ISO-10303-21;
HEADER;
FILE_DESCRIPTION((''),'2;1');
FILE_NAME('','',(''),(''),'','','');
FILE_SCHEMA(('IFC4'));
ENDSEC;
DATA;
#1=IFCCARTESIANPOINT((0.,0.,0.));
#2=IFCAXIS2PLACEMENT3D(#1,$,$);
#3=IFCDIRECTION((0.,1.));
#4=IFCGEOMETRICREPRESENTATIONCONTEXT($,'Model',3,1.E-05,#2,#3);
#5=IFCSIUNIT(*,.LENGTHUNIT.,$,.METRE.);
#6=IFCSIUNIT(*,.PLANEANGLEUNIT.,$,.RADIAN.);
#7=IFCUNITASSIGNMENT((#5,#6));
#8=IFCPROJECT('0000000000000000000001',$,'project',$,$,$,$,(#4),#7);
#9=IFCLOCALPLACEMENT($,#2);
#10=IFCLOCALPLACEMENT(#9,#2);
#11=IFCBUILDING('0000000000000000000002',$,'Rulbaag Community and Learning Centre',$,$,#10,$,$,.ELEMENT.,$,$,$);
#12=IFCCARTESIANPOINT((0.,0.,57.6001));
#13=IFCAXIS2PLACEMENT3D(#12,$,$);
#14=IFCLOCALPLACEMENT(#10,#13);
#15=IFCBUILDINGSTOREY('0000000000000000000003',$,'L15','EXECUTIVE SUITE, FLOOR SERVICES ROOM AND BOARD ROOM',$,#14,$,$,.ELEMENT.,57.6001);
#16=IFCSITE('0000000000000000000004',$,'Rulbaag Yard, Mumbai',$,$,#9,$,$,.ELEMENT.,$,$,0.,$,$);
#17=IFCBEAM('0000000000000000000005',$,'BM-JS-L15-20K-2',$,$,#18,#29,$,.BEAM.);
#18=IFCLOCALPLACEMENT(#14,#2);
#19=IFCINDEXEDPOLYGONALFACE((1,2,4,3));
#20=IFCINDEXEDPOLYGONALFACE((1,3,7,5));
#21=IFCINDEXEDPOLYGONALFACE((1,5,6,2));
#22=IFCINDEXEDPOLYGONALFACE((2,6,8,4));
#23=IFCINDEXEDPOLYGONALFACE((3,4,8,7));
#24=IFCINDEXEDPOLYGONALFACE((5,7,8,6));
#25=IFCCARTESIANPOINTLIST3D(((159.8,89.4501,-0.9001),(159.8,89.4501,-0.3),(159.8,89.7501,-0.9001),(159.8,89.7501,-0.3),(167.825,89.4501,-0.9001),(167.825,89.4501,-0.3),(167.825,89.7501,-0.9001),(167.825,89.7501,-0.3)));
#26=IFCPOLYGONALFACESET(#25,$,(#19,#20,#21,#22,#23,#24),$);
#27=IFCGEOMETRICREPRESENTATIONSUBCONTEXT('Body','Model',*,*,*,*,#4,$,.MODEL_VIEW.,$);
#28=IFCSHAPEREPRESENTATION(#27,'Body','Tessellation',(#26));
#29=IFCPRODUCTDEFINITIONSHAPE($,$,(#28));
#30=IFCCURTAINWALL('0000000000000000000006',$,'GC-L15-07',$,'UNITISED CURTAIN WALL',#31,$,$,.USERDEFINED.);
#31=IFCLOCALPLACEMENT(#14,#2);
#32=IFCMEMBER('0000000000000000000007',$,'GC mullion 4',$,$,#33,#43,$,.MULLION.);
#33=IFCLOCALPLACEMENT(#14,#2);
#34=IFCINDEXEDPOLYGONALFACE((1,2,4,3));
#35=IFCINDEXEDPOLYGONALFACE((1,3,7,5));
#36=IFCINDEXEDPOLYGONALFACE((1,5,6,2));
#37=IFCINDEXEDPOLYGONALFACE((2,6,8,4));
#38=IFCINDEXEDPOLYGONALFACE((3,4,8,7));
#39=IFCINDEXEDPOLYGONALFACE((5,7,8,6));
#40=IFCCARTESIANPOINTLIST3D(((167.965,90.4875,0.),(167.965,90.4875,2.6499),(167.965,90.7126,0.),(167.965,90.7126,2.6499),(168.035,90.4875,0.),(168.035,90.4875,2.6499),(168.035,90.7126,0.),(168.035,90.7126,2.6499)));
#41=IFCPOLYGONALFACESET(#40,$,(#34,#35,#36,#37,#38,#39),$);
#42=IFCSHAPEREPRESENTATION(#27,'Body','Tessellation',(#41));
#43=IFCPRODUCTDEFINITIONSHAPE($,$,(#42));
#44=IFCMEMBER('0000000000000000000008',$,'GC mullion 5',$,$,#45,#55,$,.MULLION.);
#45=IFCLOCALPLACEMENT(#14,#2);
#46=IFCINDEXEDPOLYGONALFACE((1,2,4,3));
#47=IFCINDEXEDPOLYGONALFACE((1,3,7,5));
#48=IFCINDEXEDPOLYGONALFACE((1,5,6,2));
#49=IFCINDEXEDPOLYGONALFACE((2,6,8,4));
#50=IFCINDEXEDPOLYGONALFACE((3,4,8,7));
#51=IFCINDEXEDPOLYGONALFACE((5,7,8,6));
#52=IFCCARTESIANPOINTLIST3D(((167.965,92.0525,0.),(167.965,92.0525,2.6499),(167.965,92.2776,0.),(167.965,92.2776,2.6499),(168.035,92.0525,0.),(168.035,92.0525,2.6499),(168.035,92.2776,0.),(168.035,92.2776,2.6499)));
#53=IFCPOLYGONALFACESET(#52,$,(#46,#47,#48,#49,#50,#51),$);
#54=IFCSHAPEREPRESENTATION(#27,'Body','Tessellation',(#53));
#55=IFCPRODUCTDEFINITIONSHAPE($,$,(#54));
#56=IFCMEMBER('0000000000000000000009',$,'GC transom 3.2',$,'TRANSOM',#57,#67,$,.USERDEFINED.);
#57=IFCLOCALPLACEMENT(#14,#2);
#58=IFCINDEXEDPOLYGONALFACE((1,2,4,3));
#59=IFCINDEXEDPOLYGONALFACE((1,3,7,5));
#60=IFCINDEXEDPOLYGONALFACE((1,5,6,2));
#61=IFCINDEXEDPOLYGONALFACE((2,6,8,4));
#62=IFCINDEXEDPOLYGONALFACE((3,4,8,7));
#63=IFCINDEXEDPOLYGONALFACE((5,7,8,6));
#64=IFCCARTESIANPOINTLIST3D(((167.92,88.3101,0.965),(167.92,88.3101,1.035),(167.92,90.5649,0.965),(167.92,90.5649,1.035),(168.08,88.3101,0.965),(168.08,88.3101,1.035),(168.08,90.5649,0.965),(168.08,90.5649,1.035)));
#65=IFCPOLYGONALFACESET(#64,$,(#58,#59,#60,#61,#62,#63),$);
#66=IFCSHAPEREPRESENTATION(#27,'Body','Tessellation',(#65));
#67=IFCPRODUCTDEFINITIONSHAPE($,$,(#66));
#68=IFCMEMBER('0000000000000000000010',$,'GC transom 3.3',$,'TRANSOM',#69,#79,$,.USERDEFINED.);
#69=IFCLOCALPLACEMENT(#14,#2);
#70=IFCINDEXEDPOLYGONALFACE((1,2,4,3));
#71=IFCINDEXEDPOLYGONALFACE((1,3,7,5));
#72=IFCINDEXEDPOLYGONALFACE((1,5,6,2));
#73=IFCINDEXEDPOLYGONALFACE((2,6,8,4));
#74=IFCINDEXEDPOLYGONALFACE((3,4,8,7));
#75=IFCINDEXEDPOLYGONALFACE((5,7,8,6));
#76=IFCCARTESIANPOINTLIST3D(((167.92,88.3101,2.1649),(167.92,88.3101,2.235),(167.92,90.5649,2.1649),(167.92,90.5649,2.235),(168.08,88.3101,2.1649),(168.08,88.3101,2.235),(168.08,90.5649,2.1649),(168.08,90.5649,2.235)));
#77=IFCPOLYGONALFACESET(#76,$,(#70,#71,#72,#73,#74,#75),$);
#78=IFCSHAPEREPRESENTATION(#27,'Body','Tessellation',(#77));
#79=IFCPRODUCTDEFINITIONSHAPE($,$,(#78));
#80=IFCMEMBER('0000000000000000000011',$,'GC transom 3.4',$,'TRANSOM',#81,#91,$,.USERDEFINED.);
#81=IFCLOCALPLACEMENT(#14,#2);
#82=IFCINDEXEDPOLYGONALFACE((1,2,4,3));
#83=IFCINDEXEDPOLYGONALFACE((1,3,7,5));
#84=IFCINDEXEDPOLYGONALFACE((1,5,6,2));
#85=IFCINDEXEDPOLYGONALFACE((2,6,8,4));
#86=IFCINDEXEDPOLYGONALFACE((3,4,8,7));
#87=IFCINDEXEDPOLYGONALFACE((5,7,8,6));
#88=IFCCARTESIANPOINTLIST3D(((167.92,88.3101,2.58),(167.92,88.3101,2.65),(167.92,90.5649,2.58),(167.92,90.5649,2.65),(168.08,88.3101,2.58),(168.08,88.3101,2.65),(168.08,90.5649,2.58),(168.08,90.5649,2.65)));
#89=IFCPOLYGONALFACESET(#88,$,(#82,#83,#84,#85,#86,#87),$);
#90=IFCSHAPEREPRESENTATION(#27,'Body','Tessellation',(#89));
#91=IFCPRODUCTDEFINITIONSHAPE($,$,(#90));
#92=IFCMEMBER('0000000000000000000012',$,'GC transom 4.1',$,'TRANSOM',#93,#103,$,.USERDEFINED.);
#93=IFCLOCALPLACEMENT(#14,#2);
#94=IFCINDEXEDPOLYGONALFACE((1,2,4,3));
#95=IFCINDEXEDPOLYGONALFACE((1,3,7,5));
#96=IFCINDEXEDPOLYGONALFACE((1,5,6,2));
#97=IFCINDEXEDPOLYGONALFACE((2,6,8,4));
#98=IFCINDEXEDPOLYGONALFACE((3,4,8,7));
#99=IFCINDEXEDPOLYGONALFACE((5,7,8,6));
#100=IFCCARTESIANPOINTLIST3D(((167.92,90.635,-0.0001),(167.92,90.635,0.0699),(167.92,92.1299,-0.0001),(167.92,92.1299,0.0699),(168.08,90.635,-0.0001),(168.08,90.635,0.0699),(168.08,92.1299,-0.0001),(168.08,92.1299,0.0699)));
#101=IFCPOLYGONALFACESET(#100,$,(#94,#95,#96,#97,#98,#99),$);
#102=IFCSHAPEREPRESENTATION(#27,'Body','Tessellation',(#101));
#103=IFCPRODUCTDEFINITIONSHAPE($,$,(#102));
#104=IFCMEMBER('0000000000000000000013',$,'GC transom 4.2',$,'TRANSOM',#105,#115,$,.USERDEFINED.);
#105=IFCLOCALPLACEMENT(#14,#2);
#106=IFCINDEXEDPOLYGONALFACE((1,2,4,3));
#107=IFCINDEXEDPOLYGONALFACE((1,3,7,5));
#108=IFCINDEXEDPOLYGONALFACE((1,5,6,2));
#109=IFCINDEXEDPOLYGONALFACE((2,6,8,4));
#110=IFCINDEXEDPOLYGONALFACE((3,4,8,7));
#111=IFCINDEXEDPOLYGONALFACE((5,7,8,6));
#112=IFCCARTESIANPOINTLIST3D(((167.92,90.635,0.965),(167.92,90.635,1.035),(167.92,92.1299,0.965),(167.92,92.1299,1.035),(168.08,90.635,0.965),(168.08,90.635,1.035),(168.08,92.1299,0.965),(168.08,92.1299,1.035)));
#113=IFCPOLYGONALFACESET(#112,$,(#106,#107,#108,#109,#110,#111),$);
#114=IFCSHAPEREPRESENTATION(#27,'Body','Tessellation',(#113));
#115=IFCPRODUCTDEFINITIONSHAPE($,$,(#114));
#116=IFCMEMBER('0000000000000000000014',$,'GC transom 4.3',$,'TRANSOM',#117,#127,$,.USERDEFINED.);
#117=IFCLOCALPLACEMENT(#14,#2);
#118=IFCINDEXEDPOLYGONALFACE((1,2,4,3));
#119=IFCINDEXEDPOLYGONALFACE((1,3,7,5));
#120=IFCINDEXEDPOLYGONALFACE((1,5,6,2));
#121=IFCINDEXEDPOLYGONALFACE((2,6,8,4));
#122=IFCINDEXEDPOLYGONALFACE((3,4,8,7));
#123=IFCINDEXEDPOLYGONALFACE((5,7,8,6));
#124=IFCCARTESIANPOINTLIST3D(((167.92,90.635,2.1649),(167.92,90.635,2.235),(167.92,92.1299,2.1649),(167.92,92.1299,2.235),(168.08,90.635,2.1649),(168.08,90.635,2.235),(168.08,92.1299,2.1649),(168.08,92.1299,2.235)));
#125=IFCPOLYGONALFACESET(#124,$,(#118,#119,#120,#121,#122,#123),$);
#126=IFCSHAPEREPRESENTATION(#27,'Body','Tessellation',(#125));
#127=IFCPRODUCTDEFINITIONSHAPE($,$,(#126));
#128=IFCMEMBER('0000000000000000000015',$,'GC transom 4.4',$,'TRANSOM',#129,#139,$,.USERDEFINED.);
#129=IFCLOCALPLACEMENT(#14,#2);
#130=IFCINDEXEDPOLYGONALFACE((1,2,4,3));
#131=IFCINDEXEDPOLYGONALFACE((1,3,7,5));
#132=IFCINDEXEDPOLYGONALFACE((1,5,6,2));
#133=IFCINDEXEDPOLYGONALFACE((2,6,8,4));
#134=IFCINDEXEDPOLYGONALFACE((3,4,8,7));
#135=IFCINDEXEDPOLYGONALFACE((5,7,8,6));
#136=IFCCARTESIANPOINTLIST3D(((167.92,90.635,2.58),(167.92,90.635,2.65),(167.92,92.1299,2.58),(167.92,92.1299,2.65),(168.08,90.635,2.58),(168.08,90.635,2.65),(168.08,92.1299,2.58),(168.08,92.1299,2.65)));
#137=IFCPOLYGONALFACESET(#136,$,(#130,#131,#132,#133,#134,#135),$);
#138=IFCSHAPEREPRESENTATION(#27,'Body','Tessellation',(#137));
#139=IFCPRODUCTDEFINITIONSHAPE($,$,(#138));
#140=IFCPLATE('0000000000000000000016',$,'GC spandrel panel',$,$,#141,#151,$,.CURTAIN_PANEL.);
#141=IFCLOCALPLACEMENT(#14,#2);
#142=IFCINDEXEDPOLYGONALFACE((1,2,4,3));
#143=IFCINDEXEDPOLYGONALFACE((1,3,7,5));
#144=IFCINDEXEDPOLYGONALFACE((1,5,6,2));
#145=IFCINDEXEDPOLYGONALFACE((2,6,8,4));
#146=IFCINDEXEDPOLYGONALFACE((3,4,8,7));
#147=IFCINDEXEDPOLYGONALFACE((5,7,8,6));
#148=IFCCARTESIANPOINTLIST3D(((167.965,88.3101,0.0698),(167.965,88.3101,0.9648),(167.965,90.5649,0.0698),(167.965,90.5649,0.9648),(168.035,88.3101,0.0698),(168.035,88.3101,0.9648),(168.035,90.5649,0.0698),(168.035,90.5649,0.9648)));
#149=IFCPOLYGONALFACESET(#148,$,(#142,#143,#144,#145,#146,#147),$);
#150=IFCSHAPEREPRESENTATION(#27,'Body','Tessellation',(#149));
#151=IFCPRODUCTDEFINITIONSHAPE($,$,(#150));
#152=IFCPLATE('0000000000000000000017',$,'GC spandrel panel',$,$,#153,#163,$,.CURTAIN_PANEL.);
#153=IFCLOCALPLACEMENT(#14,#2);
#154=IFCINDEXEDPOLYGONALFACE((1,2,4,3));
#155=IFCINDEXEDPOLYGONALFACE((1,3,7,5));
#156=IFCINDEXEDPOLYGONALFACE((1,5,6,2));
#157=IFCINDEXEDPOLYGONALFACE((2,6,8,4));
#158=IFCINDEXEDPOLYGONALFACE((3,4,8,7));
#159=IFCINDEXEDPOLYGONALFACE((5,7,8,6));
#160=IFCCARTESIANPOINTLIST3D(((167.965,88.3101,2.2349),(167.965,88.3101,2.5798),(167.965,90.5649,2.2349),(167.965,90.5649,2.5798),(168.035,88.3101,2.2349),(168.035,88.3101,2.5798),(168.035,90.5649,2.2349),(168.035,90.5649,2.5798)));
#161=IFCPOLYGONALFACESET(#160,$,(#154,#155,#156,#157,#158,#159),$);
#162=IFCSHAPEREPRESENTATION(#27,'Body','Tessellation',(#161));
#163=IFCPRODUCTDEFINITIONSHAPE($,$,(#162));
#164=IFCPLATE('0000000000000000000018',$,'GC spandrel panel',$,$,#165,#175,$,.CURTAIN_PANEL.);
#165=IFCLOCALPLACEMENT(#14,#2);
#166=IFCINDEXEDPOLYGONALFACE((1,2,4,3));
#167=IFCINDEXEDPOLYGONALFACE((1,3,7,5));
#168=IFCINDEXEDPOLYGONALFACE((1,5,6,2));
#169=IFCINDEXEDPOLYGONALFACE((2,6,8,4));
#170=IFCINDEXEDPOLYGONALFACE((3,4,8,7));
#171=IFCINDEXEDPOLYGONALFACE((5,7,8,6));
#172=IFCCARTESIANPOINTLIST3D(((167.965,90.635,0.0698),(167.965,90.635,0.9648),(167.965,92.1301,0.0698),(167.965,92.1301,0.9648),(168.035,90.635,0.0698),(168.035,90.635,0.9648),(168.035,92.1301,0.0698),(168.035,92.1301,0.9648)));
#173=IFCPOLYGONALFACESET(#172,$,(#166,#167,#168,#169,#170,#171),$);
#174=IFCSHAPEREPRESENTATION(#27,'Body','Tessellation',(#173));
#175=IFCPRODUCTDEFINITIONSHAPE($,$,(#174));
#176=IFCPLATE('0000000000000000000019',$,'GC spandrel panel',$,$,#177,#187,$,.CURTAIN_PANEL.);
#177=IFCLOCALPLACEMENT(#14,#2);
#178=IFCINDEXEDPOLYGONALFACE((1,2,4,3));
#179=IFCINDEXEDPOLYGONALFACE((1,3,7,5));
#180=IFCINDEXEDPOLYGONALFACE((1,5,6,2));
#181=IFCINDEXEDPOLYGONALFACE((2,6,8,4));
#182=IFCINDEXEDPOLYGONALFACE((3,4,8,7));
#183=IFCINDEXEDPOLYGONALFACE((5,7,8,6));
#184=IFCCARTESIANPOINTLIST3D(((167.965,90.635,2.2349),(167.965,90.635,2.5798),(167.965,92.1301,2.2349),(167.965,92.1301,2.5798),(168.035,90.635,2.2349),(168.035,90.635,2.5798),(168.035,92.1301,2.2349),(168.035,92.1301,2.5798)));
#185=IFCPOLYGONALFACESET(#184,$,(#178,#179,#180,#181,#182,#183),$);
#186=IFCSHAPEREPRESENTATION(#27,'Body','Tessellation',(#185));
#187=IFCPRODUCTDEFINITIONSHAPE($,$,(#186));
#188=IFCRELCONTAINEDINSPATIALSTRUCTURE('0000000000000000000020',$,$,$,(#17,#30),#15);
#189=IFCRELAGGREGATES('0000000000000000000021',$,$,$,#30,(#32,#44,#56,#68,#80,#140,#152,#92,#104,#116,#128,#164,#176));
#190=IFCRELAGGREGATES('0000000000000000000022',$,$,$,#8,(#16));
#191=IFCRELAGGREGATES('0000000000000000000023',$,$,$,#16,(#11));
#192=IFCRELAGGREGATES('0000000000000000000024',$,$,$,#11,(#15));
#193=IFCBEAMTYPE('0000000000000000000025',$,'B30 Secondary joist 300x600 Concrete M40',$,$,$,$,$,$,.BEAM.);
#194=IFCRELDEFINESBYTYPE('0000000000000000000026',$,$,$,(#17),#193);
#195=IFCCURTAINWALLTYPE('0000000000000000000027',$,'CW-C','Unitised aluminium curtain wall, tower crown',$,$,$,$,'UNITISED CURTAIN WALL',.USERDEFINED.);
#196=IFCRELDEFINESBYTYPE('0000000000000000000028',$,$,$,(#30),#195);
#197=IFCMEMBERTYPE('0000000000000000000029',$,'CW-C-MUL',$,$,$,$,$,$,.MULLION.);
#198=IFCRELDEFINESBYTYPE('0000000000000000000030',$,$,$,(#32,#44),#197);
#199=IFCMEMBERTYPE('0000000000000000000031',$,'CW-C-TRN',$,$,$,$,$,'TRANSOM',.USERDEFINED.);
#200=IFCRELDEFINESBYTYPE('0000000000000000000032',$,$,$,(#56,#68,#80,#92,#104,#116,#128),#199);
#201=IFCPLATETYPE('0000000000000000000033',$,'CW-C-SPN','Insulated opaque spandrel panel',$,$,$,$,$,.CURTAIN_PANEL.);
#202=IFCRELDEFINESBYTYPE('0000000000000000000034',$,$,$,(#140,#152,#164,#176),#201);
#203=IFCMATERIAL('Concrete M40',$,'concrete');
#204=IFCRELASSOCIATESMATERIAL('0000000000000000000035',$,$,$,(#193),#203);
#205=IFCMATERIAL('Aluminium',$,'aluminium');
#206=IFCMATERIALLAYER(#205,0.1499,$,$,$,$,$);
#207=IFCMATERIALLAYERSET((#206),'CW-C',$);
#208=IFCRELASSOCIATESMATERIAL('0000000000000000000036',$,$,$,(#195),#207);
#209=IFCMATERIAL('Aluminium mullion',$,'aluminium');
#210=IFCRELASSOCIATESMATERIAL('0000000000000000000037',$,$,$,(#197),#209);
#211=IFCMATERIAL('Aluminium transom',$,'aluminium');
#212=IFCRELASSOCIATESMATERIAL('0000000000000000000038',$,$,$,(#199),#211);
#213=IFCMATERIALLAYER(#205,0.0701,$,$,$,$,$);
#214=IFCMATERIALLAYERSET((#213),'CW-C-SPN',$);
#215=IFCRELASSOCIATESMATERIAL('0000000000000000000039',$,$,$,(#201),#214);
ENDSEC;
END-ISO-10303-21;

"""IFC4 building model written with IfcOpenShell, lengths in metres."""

from ifc_helpers import new_model, si_unit, direction, frame, origin, origin_2d, place, context, subcontext, project, spatial, rectangle, extrude, material, layer, layer_set, material_profile, profile_set, type_object, element, aggregate, save


model = new_model("IFC4")

# Units and contexts
model_context = context("Model", 3, precision=1e-05, world=origin(), true_north=direction((0.0, 1.0)))
body_context = subcontext(model_context, "Body", "Model", "MODEL_VIEW")
ifc_project = project(units=[si_unit("LENGTHUNIT", "METRE"), si_unit("PLANEANGLEUNIT", "RADIAN")], contexts=[model_context])

# Site, building, storey
site_placement = place(None, origin())
site = spatial("IfcSite", under=ifc_project, at=site_placement, Name="Rulbaag Yard, Mumbai", CompositionType="ELEMENT", RefElevation=0.0)
building_placement = place(site_placement, origin())
building = spatial("IfcBuilding", under=site, at=building_placement, Name="Rulbaag Community and Learning Centre", CompositionType="ELEMENT")
storey_placement = place(building_placement, frame((0.0, 0.0, 57.6001)))
storey = spatial("IfcBuildingStorey", under=building, at=storey_placement, Name="L15", Description="EXECUTIVE SUITE, FLOOR SERVICES ROOM AND BOARD ROOM", CompositionType="ELEMENT", Elevation=57.6001)

# Beam
ifc_material_1 = material(Name="Concrete M40", Category="concrete")
ifc_material_profile_1 = material_profile(ifc_material_1, rectangle(XDim=0.3, YDim=0.6001, at=origin_2d()), Name="RB300x600")
ifc_profile_set_1 = profile_set([ifc_material_profile_1], Name="Concrete M40")
beam_type = type_object("IfcBeamType", Name="B30 Secondary joist 300x600 Concrete M40", PredefinedType="BEAM", material=ifc_profile_set_1)
beam_placement = place(storey_placement, frame((159.8, 89.6001, -0.6001), z_axis=(1.0, 0.0, 0.0), x_axis=(0.0, 1.0, 0.0)))
element("IfcBeam", 1, at=beam_placement, inside=storey, type_object=beam_type, Name="BM-JS-L15-20K-2", PredefinedType="BEAM", context=body_context, shape_type="SweptSolid", body=[
    extrude(rectangle(XDim=0.3, YDim=0.6001, at=origin_2d()), origin(), (0.0, 0.0, 1.0), 8.0249),
])

# Curtain wall, members, plates
ifc_material_2 = material(Name="Aluminium", Category="aluminium")
ifc_layer_1 = layer(ifc_material_2, 0.1499)
ifc_layer_set_1 = layer_set([ifc_layer_1], Name="CW-C")
curtain_wall_type = type_object("IfcCurtainWallType", Name="CW-C", Description="Unitised aluminium curtain wall, tower crown", ElementType="UNITISED CURTAIN WALL", PredefinedType="USERDEFINED", material=ifc_layer_set_1)
curtain_wall_placement = place(storey_placement, origin())
curtain_wall = element("IfcCurtainWall", 2, at=curtain_wall_placement, inside=storey, type_object=curtain_wall_type, Name="GC-L15-07", ObjectType="UNITISED CURTAIN WALL", PredefinedType="USERDEFINED")
ifc_material_3 = material(Name="Aluminium mullion", Category="aluminium")
ifc_material_profile_2 = material_profile(ifc_material_3, rectangle(XDim=0.0701, YDim=0.2251, at=origin_2d()), Name="AL 70x225")
ifc_profile_set_2 = profile_set([ifc_material_profile_2], Name="Aluminium mullion")
member_type_1 = type_object("IfcMemberType", Name="CW-C-MUL", PredefinedType="MULLION", material=ifc_profile_set_2)
member_1_placement = place(storey_placement, frame((168.0, 90.6001, 0.0), z_axis=(0.0, 0.0, 1.0), x_axis=(-1.0, 0.0, 0.0)))
member_1 = element("IfcMember", 3, at=member_1_placement, type_object=member_type_1, Name="GC mullion 4", PredefinedType="MULLION", context=body_context, shape_type="SweptSolid", body=[
    extrude(rectangle(XDim=0.0701, YDim=0.2251, at=origin_2d()), origin(), (0.0, 0.0, 1.0), 2.6499),
])
member_2_placement = place(storey_placement, frame((168.0, 92.165, 0.0), z_axis=(0.0, 0.0, 1.0), x_axis=(-1.0, 0.0, 0.0)))
member_2 = element("IfcMember", 4, at=member_2_placement, type_object=member_type_1, Name="GC mullion 5", PredefinedType="MULLION", context=body_context, shape_type="SweptSolid", body=[
    extrude(rectangle(XDim=0.0701, YDim=0.2251, at=origin_2d()), origin(), (0.0, 0.0, 1.0), 2.6499),
])
ifc_material_4 = material(Name="Aluminium transom", Category="aluminium")
ifc_material_profile_3 = material_profile(ifc_material_4, rectangle(XDim=0.1599, YDim=0.0701, at=origin_2d()), Name="AL 70x160 T")
ifc_profile_set_3 = profile_set([ifc_material_profile_3], Name="Aluminium transom")
member_type_2 = type_object("IfcMemberType", Name="CW-C-TRN", ElementType="TRANSOM", PredefinedType="USERDEFINED", material=ifc_profile_set_3)
member_3_placement = place(storey_placement, frame((168.0, 88.3101, 1.0), z_axis=(0.0, 1.0, 0.0), x_axis=(-1.0, 0.0, 0.0)))
member_3 = element("IfcMember", 5, at=member_3_placement, type_object=member_type_2, Name="GC transom 3.2", ObjectType="TRANSOM", PredefinedType="USERDEFINED", context=body_context, shape_type="SweptSolid", body=[
    extrude(rectangle(XDim=0.1599, YDim=0.0701, at=origin_2d()), origin(), (0.0, 0.0, 1.0), 2.2549),
])
member_4_placement = place(storey_placement, frame((168.0, 88.3101, 2.2), z_axis=(0.0, 1.0, 0.0), x_axis=(-1.0, 0.0, 0.0)))
member_4 = element("IfcMember", 6, at=member_4_placement, type_object=member_type_2, Name="GC transom 3.3", ObjectType="TRANSOM", PredefinedType="USERDEFINED", context=body_context, shape_type="SweptSolid", body=[
    extrude(rectangle(XDim=0.1599, YDim=0.0701, at=origin_2d()), origin(), (0.0, 0.0, 1.0), 2.2549),
])
member_5_placement = place(storey_placement, frame((168.0, 88.3101, 2.615), z_axis=(0.0, 1.0, 0.0), x_axis=(-1.0, 0.0, 0.0)))
member_5 = element("IfcMember", 7, at=member_5_placement, type_object=member_type_2, Name="GC transom 3.4", ObjectType="TRANSOM", PredefinedType="USERDEFINED", context=body_context, shape_type="SweptSolid", body=[
    extrude(rectangle(XDim=0.1599, YDim=0.0701, at=origin_2d()), origin(), (0.0, 0.0, 1.0), 2.2549),
])
member_6_placement = place(storey_placement, frame((168.0, 90.635, 0.0349), z_axis=(0.0, 1.0, 0.0), x_axis=(-1.0, 0.0, 0.0)))
member_6 = element("IfcMember", 8, at=member_6_placement, type_object=member_type_2, Name="GC transom 4.1", ObjectType="TRANSOM", PredefinedType="USERDEFINED", context=body_context, shape_type="SweptSolid", body=[
    extrude(rectangle(XDim=0.1599, YDim=0.0701, at=origin_2d()), origin(), (0.0, 0.0, 1.0), 1.4949),
])
member_7_placement = place(storey_placement, frame((168.0, 90.635, 1.0), z_axis=(0.0, 1.0, 0.0), x_axis=(-1.0, 0.0, 0.0)))
member_7 = element("IfcMember", 9, at=member_7_placement, type_object=member_type_2, Name="GC transom 4.2", ObjectType="TRANSOM", PredefinedType="USERDEFINED", context=body_context, shape_type="SweptSolid", body=[
    extrude(rectangle(XDim=0.1599, YDim=0.0701, at=origin_2d()), origin(), (0.0, 0.0, 1.0), 1.4949),
])
member_8_placement = place(storey_placement, frame((168.0, 90.635, 2.2), z_axis=(0.0, 1.0, 0.0), x_axis=(-1.0, 0.0, 0.0)))
member_8 = element("IfcMember", 10, at=member_8_placement, type_object=member_type_2, Name="GC transom 4.3", ObjectType="TRANSOM", PredefinedType="USERDEFINED", context=body_context, shape_type="SweptSolid", body=[
    extrude(rectangle(XDim=0.1599, YDim=0.0701, at=origin_2d()), origin(), (0.0, 0.0, 1.0), 1.4949),
])
member_9_placement = place(storey_placement, frame((168.0, 90.635, 2.615), z_axis=(0.0, 1.0, 0.0), x_axis=(-1.0, 0.0, 0.0)))
member_9 = element("IfcMember", 11, at=member_9_placement, type_object=member_type_2, Name="GC transom 4.4", ObjectType="TRANSOM", PredefinedType="USERDEFINED", context=body_context, shape_type="SweptSolid", body=[
    extrude(rectangle(XDim=0.1599, YDim=0.0701, at=origin_2d()), origin(), (0.0, 0.0, 1.0), 1.4949),
])
ifc_layer_2 = layer(ifc_material_2, 0.0701)
ifc_layer_set_2 = layer_set([ifc_layer_2], Name="CW-C-SPN")
plate_type_1 = type_object("IfcPlateType", Name="CW-C-SPN", Description="Insulated opaque spandrel panel", PredefinedType="CURTAIN_PANEL", material=ifc_layer_set_2)
plate_1_placement = place(storey_placement, frame((168.0, 89.4375, 0.0698), z_axis=(0.0, 0.0, 1.0), x_axis=(0.0, 1.0, 0.0)))
plate_1 = element("IfcPlate", 12, at=plate_1_placement, type_object=plate_type_1, Name="GC spandrel panel", PredefinedType="CURTAIN_PANEL", context=body_context, shape_type="SweptSolid", body=[
    extrude(rectangle(XDim=2.2549, YDim=0.0701, at=origin_2d()), origin(), (0.0, 0.0, 1.0), 0.895),
])
plate_2_placement = place(storey_placement, frame((168.0, 89.4375, 2.2349), z_axis=(0.0, 0.0, 1.0), x_axis=(0.0, 1.0, 0.0)))
plate_2 = element("IfcPlate", 13, at=plate_2_placement, type_object=plate_type_1, Name="GC spandrel panel", PredefinedType="CURTAIN_PANEL", context=body_context, shape_type="SweptSolid", body=[
    extrude(rectangle(XDim=2.2549, YDim=0.0701, at=origin_2d()), origin(), (0.0, 0.0, 1.0), 0.345),
])
plate_3_placement = place(storey_placement, frame((168.0, 91.3826, 0.0698), z_axis=(0.0, 0.0, 1.0), x_axis=(0.0, 1.0, 0.0)))
plate_3 = element("IfcPlate", 14, at=plate_3_placement, type_object=plate_type_1, Name="GC spandrel panel", PredefinedType="CURTAIN_PANEL", context=body_context, shape_type="SweptSolid", body=[
    extrude(rectangle(XDim=1.4951, YDim=0.0701, at=origin_2d()), origin(), (0.0, 0.0, 1.0), 0.895),
])
plate_4_placement = place(storey_placement, frame((168.0, 91.3826, 2.2349), z_axis=(0.0, 0.0, 1.0), x_axis=(0.0, 1.0, 0.0)))
plate_4 = element("IfcPlate", 15, at=plate_4_placement, type_object=plate_type_1, Name="GC spandrel panel", PredefinedType="CURTAIN_PANEL", context=body_context, shape_type="SweptSolid", body=[
    extrude(rectangle(XDim=1.4951, YDim=0.0701, at=origin_2d()), origin(), (0.0, 0.0, 1.0), 0.345),
])
aggregate(curtain_wall, [member_1, member_2, member_3, member_4, member_5, plate_1, plate_2, member_6, member_7, member_8, member_9, plate_3, plate_4])

save(model, "model.ifc")
